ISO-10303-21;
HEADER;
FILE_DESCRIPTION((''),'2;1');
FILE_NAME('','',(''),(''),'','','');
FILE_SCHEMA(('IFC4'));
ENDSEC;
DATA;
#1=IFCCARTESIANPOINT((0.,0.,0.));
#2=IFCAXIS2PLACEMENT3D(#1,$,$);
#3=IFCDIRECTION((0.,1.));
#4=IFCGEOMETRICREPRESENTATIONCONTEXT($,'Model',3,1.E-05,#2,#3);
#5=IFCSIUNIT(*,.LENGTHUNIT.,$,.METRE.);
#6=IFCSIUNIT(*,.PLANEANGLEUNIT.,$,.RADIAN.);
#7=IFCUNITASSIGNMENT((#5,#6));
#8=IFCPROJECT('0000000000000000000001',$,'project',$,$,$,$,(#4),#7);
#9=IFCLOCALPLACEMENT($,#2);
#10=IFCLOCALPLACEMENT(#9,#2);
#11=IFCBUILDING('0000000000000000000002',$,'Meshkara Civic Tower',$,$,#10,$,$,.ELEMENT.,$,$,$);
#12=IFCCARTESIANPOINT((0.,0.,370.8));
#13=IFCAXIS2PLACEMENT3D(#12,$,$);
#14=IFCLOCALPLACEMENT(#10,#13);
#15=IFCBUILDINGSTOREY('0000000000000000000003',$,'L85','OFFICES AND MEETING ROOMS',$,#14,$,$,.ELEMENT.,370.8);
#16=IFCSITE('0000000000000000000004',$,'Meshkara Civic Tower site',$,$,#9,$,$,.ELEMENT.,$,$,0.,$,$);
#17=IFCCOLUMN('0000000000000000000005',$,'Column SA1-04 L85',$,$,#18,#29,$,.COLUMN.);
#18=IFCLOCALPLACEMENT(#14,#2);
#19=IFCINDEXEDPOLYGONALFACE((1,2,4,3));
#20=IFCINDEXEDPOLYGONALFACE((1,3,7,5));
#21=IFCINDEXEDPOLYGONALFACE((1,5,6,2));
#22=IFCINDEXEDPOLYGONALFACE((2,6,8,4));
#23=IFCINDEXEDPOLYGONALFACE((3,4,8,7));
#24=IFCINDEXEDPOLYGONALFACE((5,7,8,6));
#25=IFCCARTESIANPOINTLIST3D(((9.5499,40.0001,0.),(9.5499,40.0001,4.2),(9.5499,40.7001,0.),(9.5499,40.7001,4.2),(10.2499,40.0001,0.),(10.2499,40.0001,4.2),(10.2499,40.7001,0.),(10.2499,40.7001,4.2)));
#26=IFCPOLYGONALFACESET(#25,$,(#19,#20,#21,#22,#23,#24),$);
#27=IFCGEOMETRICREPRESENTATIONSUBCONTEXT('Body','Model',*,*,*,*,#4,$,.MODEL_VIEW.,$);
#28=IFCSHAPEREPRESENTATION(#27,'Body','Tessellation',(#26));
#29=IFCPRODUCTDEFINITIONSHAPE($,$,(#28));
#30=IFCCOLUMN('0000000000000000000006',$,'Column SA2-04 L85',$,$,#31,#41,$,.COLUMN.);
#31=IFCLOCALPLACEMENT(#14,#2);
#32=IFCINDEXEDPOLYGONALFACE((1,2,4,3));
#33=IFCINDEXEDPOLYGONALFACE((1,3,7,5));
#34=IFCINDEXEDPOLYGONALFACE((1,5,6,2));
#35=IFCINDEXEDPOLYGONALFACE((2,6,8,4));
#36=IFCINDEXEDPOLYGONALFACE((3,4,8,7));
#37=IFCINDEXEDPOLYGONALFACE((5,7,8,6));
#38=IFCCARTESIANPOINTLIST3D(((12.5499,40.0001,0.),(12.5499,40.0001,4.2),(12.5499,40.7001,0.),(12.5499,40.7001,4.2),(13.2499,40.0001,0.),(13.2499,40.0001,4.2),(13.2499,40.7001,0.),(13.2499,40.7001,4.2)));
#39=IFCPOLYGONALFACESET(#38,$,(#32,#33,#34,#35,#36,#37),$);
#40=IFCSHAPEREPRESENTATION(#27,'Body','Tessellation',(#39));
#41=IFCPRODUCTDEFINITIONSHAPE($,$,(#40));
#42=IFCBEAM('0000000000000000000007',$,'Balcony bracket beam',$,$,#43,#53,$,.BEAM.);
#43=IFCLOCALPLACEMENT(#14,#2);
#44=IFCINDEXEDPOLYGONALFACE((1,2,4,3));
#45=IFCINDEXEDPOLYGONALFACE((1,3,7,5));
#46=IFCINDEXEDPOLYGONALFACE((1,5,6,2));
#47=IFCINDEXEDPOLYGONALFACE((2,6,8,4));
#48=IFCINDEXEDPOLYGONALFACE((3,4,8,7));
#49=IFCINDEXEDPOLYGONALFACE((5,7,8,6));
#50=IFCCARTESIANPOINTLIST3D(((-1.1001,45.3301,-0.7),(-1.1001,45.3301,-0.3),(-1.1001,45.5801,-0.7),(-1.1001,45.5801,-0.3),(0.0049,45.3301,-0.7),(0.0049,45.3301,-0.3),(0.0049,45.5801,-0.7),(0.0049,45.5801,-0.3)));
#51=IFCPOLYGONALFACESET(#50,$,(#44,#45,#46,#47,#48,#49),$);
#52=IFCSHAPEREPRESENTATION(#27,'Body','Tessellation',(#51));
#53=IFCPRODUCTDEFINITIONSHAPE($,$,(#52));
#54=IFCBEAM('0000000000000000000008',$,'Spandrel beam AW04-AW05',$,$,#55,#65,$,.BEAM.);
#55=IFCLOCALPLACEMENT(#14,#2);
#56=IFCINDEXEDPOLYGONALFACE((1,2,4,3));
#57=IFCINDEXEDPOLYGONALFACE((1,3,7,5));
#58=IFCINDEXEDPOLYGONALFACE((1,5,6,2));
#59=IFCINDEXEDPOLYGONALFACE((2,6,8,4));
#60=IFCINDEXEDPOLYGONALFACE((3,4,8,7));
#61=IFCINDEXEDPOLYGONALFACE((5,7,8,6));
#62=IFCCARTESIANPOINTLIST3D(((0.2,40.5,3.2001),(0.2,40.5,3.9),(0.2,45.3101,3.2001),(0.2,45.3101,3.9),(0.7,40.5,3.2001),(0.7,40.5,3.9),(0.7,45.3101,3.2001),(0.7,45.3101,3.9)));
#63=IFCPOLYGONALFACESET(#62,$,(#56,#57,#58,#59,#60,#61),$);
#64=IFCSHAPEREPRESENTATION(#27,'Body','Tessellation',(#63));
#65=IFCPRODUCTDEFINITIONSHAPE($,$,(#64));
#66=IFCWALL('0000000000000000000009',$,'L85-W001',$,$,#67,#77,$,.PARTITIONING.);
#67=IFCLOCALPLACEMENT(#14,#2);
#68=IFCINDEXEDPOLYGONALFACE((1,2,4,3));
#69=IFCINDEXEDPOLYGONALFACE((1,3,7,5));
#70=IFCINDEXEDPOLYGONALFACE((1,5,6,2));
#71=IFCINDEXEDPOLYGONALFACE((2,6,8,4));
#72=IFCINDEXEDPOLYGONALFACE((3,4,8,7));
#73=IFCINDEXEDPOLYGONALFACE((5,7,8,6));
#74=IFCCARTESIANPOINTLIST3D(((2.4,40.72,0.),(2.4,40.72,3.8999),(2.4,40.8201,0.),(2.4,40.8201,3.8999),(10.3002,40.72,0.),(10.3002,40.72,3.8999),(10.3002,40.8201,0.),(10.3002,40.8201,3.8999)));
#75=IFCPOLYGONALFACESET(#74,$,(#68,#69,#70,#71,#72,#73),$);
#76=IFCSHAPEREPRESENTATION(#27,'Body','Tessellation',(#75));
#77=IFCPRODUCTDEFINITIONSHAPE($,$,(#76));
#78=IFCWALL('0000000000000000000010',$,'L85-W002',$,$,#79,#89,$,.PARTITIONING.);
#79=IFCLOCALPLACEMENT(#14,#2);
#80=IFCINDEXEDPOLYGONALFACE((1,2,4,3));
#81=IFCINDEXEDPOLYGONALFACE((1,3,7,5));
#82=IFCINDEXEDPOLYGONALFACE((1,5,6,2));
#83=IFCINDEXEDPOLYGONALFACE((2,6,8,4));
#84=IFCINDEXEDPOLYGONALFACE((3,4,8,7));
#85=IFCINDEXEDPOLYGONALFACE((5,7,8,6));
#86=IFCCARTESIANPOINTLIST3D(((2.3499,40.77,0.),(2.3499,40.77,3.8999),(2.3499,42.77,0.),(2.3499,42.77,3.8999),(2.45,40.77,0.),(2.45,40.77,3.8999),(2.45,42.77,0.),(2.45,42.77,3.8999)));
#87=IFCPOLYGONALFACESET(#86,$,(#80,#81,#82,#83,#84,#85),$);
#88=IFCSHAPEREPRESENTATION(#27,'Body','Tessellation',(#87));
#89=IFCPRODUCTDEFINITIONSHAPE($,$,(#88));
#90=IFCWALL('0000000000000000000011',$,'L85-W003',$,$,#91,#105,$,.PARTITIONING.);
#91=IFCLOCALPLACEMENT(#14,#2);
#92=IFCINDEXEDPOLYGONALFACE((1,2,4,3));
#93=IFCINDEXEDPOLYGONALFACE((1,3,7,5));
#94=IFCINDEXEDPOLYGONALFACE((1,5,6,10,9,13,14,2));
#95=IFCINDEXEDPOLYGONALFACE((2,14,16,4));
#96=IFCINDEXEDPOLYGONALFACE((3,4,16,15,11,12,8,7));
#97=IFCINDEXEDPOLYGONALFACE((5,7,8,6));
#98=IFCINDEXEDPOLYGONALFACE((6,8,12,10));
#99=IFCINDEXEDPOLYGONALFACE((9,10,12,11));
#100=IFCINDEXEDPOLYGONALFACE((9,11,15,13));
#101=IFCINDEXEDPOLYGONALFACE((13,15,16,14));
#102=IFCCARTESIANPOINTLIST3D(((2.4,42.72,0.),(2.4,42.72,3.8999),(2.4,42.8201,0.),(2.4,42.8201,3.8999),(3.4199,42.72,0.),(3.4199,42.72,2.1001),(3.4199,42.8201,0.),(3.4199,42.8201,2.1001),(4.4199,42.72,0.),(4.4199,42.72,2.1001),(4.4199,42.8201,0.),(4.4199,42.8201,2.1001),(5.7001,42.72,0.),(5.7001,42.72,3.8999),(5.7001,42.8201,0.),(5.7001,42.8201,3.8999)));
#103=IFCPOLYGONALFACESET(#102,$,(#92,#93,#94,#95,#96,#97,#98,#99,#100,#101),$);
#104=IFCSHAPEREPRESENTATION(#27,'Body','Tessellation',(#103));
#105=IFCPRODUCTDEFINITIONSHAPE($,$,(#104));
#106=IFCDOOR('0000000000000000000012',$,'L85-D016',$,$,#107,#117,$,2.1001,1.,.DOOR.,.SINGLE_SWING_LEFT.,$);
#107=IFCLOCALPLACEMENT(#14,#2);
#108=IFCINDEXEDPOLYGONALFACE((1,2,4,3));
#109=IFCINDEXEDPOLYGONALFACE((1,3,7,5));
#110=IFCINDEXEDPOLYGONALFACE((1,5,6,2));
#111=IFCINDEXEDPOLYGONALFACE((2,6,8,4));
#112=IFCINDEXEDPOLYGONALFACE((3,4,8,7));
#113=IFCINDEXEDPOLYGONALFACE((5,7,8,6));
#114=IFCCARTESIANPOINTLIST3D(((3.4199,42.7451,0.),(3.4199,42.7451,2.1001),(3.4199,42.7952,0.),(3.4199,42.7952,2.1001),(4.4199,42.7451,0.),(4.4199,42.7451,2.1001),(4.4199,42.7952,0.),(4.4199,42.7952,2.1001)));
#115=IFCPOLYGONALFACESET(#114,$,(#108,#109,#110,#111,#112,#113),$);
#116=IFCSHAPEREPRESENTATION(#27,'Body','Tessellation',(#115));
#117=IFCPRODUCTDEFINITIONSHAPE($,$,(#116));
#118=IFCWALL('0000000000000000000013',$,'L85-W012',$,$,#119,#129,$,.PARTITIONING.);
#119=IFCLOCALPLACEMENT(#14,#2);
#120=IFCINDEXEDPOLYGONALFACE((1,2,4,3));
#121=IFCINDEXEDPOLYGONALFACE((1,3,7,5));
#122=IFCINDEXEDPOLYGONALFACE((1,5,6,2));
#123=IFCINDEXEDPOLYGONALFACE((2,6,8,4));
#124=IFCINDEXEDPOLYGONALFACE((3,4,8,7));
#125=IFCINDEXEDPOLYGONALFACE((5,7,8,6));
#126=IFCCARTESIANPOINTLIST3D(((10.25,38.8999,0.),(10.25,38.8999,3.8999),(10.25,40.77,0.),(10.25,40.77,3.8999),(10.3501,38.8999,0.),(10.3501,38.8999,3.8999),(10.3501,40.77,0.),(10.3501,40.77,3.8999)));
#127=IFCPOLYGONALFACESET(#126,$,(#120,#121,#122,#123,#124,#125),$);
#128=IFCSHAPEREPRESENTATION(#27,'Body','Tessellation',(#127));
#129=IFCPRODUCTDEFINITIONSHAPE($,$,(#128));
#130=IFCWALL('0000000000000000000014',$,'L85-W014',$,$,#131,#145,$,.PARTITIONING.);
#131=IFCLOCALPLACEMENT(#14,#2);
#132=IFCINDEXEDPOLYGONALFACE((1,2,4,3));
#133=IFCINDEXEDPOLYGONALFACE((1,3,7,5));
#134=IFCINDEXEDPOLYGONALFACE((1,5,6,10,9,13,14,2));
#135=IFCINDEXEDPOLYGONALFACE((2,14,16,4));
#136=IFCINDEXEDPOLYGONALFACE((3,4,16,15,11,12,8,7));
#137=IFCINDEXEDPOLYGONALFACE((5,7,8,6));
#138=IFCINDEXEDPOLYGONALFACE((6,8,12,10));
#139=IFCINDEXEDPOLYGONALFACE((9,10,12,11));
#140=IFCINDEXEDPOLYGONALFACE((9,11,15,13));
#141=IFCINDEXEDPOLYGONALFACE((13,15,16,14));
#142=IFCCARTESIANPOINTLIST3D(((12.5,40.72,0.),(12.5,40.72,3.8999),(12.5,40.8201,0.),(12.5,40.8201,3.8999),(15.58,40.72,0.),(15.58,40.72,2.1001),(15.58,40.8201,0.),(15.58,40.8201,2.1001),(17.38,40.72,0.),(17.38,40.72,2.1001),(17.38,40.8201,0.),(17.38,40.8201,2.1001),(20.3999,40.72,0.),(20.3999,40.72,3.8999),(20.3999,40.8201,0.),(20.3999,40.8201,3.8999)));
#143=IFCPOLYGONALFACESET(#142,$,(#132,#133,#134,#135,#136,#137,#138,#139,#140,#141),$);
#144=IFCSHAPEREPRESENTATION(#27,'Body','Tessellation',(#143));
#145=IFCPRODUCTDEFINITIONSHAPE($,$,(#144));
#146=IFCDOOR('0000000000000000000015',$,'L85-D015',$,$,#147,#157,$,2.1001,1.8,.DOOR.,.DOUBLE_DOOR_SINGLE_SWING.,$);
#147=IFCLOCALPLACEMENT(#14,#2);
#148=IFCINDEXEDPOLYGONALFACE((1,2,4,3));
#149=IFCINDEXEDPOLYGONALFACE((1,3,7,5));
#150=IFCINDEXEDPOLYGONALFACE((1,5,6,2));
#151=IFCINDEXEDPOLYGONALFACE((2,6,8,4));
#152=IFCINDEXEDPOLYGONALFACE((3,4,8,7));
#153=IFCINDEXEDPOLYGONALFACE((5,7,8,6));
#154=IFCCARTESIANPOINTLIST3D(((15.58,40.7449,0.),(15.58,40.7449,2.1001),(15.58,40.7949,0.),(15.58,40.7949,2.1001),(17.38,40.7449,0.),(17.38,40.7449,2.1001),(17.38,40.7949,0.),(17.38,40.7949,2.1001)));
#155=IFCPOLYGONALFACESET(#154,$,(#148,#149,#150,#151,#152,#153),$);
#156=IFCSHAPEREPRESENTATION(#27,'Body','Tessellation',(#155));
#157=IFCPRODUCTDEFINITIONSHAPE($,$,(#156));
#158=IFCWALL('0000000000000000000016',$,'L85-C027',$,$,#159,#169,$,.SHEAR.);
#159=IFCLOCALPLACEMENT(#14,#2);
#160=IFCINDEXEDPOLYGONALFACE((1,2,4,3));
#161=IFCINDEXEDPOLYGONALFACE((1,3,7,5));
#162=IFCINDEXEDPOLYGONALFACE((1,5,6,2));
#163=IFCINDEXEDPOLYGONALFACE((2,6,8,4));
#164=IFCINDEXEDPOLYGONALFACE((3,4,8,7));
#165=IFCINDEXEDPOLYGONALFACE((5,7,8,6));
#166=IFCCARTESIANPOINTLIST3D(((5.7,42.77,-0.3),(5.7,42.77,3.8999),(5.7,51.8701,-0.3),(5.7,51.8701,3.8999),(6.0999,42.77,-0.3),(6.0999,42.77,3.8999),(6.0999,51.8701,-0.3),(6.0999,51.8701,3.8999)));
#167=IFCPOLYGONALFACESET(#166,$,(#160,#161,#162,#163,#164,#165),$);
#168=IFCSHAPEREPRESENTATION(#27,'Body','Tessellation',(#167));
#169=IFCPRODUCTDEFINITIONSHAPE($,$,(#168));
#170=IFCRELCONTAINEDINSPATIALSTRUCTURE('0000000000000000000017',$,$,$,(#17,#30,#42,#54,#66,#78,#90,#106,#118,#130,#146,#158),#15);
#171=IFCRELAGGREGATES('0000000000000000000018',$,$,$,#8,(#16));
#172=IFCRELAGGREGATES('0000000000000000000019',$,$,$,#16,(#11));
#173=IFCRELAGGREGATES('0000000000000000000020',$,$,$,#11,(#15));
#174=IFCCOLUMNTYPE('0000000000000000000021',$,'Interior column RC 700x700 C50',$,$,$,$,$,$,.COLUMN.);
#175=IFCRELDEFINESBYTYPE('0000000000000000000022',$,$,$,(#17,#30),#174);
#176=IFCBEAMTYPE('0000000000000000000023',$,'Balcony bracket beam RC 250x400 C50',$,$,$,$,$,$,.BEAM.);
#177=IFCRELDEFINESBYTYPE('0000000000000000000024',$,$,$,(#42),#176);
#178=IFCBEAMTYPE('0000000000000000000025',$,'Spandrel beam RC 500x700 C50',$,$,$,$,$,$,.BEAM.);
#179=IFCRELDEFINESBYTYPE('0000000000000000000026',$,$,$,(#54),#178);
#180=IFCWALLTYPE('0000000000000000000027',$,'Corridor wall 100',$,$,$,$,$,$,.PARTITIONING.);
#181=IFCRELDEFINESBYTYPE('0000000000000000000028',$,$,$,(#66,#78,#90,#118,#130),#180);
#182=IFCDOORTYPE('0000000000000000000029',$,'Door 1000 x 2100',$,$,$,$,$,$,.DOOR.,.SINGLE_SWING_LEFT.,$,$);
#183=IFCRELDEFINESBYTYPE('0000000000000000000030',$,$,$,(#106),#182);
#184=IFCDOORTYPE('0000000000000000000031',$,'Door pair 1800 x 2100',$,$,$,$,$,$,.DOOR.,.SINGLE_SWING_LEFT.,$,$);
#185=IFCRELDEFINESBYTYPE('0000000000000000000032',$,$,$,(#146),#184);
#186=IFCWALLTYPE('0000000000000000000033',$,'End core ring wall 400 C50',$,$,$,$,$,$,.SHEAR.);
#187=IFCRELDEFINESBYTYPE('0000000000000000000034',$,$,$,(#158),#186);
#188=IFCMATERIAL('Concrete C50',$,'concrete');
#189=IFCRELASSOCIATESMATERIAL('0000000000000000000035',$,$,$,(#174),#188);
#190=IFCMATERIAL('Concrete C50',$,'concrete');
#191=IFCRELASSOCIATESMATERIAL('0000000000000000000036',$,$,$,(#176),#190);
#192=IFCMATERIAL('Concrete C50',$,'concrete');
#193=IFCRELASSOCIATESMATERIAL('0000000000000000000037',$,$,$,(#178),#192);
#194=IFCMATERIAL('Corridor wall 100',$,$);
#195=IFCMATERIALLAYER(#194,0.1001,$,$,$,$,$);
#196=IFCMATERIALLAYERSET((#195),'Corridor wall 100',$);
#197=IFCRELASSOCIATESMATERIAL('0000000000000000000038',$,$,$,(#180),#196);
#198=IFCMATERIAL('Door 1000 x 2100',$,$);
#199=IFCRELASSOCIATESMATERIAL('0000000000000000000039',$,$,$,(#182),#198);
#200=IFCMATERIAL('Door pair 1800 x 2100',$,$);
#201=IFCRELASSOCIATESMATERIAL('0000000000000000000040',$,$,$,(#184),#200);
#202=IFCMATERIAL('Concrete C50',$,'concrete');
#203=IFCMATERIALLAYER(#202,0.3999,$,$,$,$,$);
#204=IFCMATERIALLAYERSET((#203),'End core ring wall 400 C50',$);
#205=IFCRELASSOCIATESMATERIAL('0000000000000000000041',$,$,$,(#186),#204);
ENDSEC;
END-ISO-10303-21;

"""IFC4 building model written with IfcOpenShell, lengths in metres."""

from ifc_helpers import new_model, si_unit, direction, frame, frame_2d, origin, origin_2d, place, context, subcontext, project, spatial, rectangle, extrude, material, layer, layer_set, material_profile, profile_set, type_object, element, fill, save


model = new_model("IFC4")

# Units and contexts
model_context = context("Model", 3, precision=1e-05, world=origin(), true_north=direction((0.0, 1.0)))
body_context = subcontext(model_context, "Body", "Model", "MODEL_VIEW")
ifc_project = project(units=[si_unit("LENGTHUNIT", "METRE"), si_unit("PLANEANGLEUNIT", "RADIAN")], contexts=[model_context])

# Site, building, storey
site_placement = place(None, origin())
site = spatial("IfcSite", under=ifc_project, at=site_placement, Name="Meshkara Civic Tower site", CompositionType="ELEMENT", RefElevation=0.0)
building_placement = place(site_placement, origin())
building = spatial("IfcBuilding", under=site, at=building_placement, Name="Meshkara Civic Tower", CompositionType="ELEMENT")
storey_placement = place(building_placement, frame((0.0, 0.0, 370.8)))
storey = spatial("IfcBuildingStorey", under=building, at=storey_placement, Name="L85", Description="OFFICES AND MEETING ROOMS", CompositionType="ELEMENT", Elevation=370.8)

# Columns
ifc_material_1 = material(Name="Concrete C50", Category="concrete")
ifc_material_profile_1 = material_profile(ifc_material_1, rectangle(XDim=0.7, YDim=0.7, at=origin_2d()))
ifc_profile_set_1 = profile_set([ifc_material_profile_1], Name="Concrete C50")
column_type = type_object("IfcColumnType", Name="Interior column RC 700x700 C50", PredefinedType="COLUMN", material=ifc_profile_set_1)
for number, where, z_axis, x_axis, name in (
    (1, (9.8999, 40.3501, 0.0), (0.0, 0.0, 1.0), (1.0, 0.0, 0.0), "Column SA1-04 L85"),
    (2, (12.8999, 40.3501, 0.0), (0.0, 0.0, 1.0), (1.0, 0.0, 0.0), "Column SA2-04 L85"),
):
    element("IfcColumn", number, at=place(storey_placement, frame(where, z_axis=z_axis, x_axis=x_axis)), inside=storey, type_object=column_type, Name=name, PredefinedType="COLUMN", context=body_context, shape_type="SweptSolid", body=[
        extrude(rectangle(XDim=0.7, YDim=0.7, at=origin_2d()), origin(), (0.0, 0.0, 1.0), 4.2),
    ])

# Beams
ifc_material_2 = material(Name="Concrete C50", Category="concrete")
ifc_material_profile_2 = material_profile(ifc_material_2, rectangle(XDim=0.25, YDim=0.3999, at=origin_2d()))
ifc_profile_set_2 = profile_set([ifc_material_profile_2], Name="Concrete C50")
beam_type_1 = type_object("IfcBeamType", Name="Balcony bracket beam RC 250x400 C50", PredefinedType="BEAM", material=ifc_profile_set_2)
beam_1_placement = place(storey_placement, frame((0.0049, 45.4551, -0.5), z_axis=(-1.0, 0.0, 0.0), x_axis=(0.0, -1.0, 0.0)))
element("IfcBeam", 3, at=beam_1_placement, inside=storey, type_object=beam_type_1, Name="Balcony bracket beam", PredefinedType="BEAM", context=body_context, shape_type="SweptSolid", body=[
    extrude(rectangle(XDim=0.25, YDim=0.3999, at=origin_2d()), origin(), (0.0, 0.0, 1.0), 1.105),
])
ifc_material_3 = material(Name="Concrete C50", Category="concrete")
ifc_material_profile_3 = material_profile(ifc_material_3, rectangle(XDim=0.5, YDim=0.7, at=origin_2d()))
ifc_profile_set_3 = profile_set([ifc_material_profile_3], Name="Concrete C50")
beam_type_2 = type_object("IfcBeamType", Name="Spandrel beam RC 500x700 C50", PredefinedType="BEAM", material=ifc_profile_set_3)
beam_2_placement = place(storey_placement, frame((0.45, 45.3101, 3.55), z_axis=(0.0, -1.0, 0.0), x_axis=(1.0, 0.0, 0.0)))
element("IfcBeam", 4, at=beam_2_placement, inside=storey, type_object=beam_type_2, Name="Spandrel beam AW04-AW05", PredefinedType="BEAM", context=body_context, shape_type="SweptSolid", body=[
    extrude(rectangle(XDim=0.5, YDim=0.7, at=origin_2d()), origin(), (0.0, 0.0, 1.0), 4.8101),
])

# Walls
ifc_material_4 = material(Name="Corridor wall 100")
ifc_layer_1 = layer(ifc_material_4, 0.1001)
ifc_layer_set_1 = layer_set([ifc_layer_1], Name="Corridor wall 100")
wall_type_1 = type_object("IfcWallType", Name="Corridor wall 100", PredefinedType="PARTITIONING", material=ifc_layer_set_1)
wall_1_placement = place(storey_placement, frame((2.3999, 40.77, 0.0), z_axis=(0.0, 0.0, 1.0), x_axis=(1.0, 0.0, 0.0)))
element("IfcWall", 5, at=wall_1_placement, inside=storey, type_object=wall_type_1, Name="L85-W001", PredefinedType="PARTITIONING", context=body_context, shape_type="SweptSolid", body=[
    extrude(rectangle(XDim=7.9001, YDim=0.1001, at=frame_2d((3.9502, 0.0))), origin(), (0.0, 0.0, 1.0), 3.8999),
])
wall_2_placement = place(storey_placement, frame((2.3999, 42.77, 0.0), z_axis=(0.0, 0.0, 1.0), x_axis=(0.0, -1.0, 0.0)))
element("IfcWall", 6, at=wall_2_placement, inside=storey, type_object=wall_type_1, Name="L85-W002", PredefinedType="PARTITIONING", context=body_context, shape_type="SweptSolid", body=[
    extrude(rectangle(XDim=2.0, YDim=0.1001, at=frame_2d((1.0, 0.0))), origin(), (0.0, 0.0, 1.0), 3.8999),
])

# Wall, opening, door
wall_3_placement = place(storey_placement, frame((5.7, 42.77, 0.0), z_axis=(0.0, 0.0, 1.0), x_axis=(-1.0, 0.0, 0.0)))
wall_3 = element("IfcWall", 7, at=wall_3_placement, inside=storey, type_object=wall_type_1, Name="L85-W003", PredefinedType="PARTITIONING", context=body_context, shape_type="SweptSolid", body=[
    extrude(rectangle(XDim=3.3, YDim=0.1001, at=frame_2d((1.6499, 0.0))), origin(), (0.0, 0.0, 1.0), 3.8999),
])
opening_1_placement = place(wall_3_placement, frame((1.28, 0.0, 0.0)))
opening_1 = element("IfcOpeningElement", 8, at=opening_1_placement, cuts=wall_3, PredefinedType="OPENING", context=body_context, shape_type="SweptSolid", body=[
    extrude(rectangle(XDim=1.0, YDim=2.1001, at=frame_2d((0.5, 1.05))), frame((0.0, 0.0601, 0.0), z_axis=(0.0, -1.0, 0.0), x_axis=(1.0, 0.0, 0.0)), (0.0, 0.0, 1.0), 0.1201),
])
ifc_material_5 = material(Name="Door 1000 x 2100")
door_type_1 = type_object("IfcDoorType", Name="Door 1000 x 2100", OperationType="SINGLE_SWING_LEFT", PredefinedType="DOOR", material=ifc_material_5)
door_1_placement = place(opening_1_placement, origin())
door_1 = element("IfcDoor", 9, at=door_1_placement, inside=storey, type_object=door_type_1, Name="L85-D016", OperationType="SINGLE_SWING_LEFT", OverallHeight=2.1001, OverallWidth=1.0, PredefinedType="DOOR", context=body_context, shape_type="SweptSolid", body=[
    extrude(rectangle(XDim=1.0, YDim=2.1001, at=frame_2d((0.5, 1.05))), frame((0.0, 0.0249, 0.0), z_axis=(0.0, -1.0, 0.0), x_axis=(1.0, 0.0, 0.0)), (0.0, 0.0, 1.0), 0.05),
])
fill(opening_1, door_1)

# Wall
wall_4_placement = place(storey_placement, frame((10.3, 40.77, 0.0), z_axis=(0.0, 0.0, 1.0), x_axis=(0.0, -1.0, 0.0)))
element("IfcWall", 10, at=wall_4_placement, inside=storey, type_object=wall_type_1, Name="L85-W012", PredefinedType="PARTITIONING", context=body_context, shape_type="SweptSolid", body=[
    extrude(rectangle(XDim=1.8701, YDim=0.1001, at=frame_2d((0.9351, 0.0))), origin(), (0.0, 0.0, 1.0), 3.8999),
])

# Wall, opening, door
wall_5_placement = place(storey_placement, frame((12.5, 40.77, 0.0), z_axis=(0.0, 0.0, 1.0), x_axis=(1.0, 0.0, 0.0)))
wall_5 = element("IfcWall", 11, at=wall_5_placement, inside=storey, type_object=wall_type_1, Name="L85-W014", PredefinedType="PARTITIONING", context=body_context, shape_type="SweptSolid", body=[
    extrude(rectangle(XDim=7.8999, YDim=0.1001, at=frame_2d((3.95, 0.0))), origin(), (0.0, 0.0, 1.0), 3.8999),
])
opening_2_placement = place(wall_5_placement, frame((3.0801, 0.0, 0.0)))
opening_2 = element("IfcOpeningElement", 12, at=opening_2_placement, cuts=wall_5, PredefinedType="OPENING", context=body_context, shape_type="SweptSolid", body=[
    extrude(rectangle(XDim=1.8, YDim=2.1001, at=frame_2d((0.8999, 1.05))), frame((0.0, 0.0601, 0.0), z_axis=(0.0, -1.0, 0.0), x_axis=(1.0, 0.0, 0.0)), (0.0, 0.0, 1.0), 0.1201),
])
ifc_material_6 = material(Name="Door pair 1800 x 2100")
door_type_2 = type_object("IfcDoorType", Name="Door pair 1800 x 2100", OperationType="SINGLE_SWING_LEFT", PredefinedType="DOOR", material=ifc_material_6)
door_2_placement = place(opening_2_placement, origin())
door_2 = element("IfcDoor", 13, at=door_2_placement, inside=storey, type_object=door_type_2, Name="L85-D015", OperationType="DOUBLE_DOOR_SINGLE_SWING", OverallHeight=2.1001, OverallWidth=1.8, PredefinedType="DOOR", context=body_context, shape_type="SweptSolid", body=[
    extrude(rectangle(XDim=1.8, YDim=2.1001, at=frame_2d((0.8999, 1.05))), frame((0.0, 0.0249, 0.0), z_axis=(0.0, -1.0, 0.0), x_axis=(1.0, 0.0, 0.0)), (0.0, 0.0, 1.0), 0.05),
])
fill(opening_2, door_2)

# Wall
ifc_material_7 = material(Name="Concrete C50", Category="concrete")
ifc_layer_2 = layer(ifc_material_7, 0.3999)
ifc_layer_set_2 = layer_set([ifc_layer_2], Name="End core ring wall 400 C50")
wall_type_2 = type_object("IfcWallType", Name="End core ring wall 400 C50", PredefinedType="SHEAR", material=ifc_layer_set_2)
wall_6_placement = place(storey_placement, frame((5.8999, 42.77, -0.3), z_axis=(0.0, 0.0, 1.0), x_axis=(0.0, 1.0, 0.0)))
element("IfcWall", 14, at=wall_6_placement, inside=storey, type_object=wall_type_2, Name="L85-C027", PredefinedType="SHEAR", context=body_context, shape_type="SweptSolid", body=[
    extrude(rectangle(XDim=9.1001, YDim=0.3999, at=frame_2d((4.55, 0.0))), origin(), (0.0, 0.0, 1.0), 4.2),
])

save(model, "model.ifc")
